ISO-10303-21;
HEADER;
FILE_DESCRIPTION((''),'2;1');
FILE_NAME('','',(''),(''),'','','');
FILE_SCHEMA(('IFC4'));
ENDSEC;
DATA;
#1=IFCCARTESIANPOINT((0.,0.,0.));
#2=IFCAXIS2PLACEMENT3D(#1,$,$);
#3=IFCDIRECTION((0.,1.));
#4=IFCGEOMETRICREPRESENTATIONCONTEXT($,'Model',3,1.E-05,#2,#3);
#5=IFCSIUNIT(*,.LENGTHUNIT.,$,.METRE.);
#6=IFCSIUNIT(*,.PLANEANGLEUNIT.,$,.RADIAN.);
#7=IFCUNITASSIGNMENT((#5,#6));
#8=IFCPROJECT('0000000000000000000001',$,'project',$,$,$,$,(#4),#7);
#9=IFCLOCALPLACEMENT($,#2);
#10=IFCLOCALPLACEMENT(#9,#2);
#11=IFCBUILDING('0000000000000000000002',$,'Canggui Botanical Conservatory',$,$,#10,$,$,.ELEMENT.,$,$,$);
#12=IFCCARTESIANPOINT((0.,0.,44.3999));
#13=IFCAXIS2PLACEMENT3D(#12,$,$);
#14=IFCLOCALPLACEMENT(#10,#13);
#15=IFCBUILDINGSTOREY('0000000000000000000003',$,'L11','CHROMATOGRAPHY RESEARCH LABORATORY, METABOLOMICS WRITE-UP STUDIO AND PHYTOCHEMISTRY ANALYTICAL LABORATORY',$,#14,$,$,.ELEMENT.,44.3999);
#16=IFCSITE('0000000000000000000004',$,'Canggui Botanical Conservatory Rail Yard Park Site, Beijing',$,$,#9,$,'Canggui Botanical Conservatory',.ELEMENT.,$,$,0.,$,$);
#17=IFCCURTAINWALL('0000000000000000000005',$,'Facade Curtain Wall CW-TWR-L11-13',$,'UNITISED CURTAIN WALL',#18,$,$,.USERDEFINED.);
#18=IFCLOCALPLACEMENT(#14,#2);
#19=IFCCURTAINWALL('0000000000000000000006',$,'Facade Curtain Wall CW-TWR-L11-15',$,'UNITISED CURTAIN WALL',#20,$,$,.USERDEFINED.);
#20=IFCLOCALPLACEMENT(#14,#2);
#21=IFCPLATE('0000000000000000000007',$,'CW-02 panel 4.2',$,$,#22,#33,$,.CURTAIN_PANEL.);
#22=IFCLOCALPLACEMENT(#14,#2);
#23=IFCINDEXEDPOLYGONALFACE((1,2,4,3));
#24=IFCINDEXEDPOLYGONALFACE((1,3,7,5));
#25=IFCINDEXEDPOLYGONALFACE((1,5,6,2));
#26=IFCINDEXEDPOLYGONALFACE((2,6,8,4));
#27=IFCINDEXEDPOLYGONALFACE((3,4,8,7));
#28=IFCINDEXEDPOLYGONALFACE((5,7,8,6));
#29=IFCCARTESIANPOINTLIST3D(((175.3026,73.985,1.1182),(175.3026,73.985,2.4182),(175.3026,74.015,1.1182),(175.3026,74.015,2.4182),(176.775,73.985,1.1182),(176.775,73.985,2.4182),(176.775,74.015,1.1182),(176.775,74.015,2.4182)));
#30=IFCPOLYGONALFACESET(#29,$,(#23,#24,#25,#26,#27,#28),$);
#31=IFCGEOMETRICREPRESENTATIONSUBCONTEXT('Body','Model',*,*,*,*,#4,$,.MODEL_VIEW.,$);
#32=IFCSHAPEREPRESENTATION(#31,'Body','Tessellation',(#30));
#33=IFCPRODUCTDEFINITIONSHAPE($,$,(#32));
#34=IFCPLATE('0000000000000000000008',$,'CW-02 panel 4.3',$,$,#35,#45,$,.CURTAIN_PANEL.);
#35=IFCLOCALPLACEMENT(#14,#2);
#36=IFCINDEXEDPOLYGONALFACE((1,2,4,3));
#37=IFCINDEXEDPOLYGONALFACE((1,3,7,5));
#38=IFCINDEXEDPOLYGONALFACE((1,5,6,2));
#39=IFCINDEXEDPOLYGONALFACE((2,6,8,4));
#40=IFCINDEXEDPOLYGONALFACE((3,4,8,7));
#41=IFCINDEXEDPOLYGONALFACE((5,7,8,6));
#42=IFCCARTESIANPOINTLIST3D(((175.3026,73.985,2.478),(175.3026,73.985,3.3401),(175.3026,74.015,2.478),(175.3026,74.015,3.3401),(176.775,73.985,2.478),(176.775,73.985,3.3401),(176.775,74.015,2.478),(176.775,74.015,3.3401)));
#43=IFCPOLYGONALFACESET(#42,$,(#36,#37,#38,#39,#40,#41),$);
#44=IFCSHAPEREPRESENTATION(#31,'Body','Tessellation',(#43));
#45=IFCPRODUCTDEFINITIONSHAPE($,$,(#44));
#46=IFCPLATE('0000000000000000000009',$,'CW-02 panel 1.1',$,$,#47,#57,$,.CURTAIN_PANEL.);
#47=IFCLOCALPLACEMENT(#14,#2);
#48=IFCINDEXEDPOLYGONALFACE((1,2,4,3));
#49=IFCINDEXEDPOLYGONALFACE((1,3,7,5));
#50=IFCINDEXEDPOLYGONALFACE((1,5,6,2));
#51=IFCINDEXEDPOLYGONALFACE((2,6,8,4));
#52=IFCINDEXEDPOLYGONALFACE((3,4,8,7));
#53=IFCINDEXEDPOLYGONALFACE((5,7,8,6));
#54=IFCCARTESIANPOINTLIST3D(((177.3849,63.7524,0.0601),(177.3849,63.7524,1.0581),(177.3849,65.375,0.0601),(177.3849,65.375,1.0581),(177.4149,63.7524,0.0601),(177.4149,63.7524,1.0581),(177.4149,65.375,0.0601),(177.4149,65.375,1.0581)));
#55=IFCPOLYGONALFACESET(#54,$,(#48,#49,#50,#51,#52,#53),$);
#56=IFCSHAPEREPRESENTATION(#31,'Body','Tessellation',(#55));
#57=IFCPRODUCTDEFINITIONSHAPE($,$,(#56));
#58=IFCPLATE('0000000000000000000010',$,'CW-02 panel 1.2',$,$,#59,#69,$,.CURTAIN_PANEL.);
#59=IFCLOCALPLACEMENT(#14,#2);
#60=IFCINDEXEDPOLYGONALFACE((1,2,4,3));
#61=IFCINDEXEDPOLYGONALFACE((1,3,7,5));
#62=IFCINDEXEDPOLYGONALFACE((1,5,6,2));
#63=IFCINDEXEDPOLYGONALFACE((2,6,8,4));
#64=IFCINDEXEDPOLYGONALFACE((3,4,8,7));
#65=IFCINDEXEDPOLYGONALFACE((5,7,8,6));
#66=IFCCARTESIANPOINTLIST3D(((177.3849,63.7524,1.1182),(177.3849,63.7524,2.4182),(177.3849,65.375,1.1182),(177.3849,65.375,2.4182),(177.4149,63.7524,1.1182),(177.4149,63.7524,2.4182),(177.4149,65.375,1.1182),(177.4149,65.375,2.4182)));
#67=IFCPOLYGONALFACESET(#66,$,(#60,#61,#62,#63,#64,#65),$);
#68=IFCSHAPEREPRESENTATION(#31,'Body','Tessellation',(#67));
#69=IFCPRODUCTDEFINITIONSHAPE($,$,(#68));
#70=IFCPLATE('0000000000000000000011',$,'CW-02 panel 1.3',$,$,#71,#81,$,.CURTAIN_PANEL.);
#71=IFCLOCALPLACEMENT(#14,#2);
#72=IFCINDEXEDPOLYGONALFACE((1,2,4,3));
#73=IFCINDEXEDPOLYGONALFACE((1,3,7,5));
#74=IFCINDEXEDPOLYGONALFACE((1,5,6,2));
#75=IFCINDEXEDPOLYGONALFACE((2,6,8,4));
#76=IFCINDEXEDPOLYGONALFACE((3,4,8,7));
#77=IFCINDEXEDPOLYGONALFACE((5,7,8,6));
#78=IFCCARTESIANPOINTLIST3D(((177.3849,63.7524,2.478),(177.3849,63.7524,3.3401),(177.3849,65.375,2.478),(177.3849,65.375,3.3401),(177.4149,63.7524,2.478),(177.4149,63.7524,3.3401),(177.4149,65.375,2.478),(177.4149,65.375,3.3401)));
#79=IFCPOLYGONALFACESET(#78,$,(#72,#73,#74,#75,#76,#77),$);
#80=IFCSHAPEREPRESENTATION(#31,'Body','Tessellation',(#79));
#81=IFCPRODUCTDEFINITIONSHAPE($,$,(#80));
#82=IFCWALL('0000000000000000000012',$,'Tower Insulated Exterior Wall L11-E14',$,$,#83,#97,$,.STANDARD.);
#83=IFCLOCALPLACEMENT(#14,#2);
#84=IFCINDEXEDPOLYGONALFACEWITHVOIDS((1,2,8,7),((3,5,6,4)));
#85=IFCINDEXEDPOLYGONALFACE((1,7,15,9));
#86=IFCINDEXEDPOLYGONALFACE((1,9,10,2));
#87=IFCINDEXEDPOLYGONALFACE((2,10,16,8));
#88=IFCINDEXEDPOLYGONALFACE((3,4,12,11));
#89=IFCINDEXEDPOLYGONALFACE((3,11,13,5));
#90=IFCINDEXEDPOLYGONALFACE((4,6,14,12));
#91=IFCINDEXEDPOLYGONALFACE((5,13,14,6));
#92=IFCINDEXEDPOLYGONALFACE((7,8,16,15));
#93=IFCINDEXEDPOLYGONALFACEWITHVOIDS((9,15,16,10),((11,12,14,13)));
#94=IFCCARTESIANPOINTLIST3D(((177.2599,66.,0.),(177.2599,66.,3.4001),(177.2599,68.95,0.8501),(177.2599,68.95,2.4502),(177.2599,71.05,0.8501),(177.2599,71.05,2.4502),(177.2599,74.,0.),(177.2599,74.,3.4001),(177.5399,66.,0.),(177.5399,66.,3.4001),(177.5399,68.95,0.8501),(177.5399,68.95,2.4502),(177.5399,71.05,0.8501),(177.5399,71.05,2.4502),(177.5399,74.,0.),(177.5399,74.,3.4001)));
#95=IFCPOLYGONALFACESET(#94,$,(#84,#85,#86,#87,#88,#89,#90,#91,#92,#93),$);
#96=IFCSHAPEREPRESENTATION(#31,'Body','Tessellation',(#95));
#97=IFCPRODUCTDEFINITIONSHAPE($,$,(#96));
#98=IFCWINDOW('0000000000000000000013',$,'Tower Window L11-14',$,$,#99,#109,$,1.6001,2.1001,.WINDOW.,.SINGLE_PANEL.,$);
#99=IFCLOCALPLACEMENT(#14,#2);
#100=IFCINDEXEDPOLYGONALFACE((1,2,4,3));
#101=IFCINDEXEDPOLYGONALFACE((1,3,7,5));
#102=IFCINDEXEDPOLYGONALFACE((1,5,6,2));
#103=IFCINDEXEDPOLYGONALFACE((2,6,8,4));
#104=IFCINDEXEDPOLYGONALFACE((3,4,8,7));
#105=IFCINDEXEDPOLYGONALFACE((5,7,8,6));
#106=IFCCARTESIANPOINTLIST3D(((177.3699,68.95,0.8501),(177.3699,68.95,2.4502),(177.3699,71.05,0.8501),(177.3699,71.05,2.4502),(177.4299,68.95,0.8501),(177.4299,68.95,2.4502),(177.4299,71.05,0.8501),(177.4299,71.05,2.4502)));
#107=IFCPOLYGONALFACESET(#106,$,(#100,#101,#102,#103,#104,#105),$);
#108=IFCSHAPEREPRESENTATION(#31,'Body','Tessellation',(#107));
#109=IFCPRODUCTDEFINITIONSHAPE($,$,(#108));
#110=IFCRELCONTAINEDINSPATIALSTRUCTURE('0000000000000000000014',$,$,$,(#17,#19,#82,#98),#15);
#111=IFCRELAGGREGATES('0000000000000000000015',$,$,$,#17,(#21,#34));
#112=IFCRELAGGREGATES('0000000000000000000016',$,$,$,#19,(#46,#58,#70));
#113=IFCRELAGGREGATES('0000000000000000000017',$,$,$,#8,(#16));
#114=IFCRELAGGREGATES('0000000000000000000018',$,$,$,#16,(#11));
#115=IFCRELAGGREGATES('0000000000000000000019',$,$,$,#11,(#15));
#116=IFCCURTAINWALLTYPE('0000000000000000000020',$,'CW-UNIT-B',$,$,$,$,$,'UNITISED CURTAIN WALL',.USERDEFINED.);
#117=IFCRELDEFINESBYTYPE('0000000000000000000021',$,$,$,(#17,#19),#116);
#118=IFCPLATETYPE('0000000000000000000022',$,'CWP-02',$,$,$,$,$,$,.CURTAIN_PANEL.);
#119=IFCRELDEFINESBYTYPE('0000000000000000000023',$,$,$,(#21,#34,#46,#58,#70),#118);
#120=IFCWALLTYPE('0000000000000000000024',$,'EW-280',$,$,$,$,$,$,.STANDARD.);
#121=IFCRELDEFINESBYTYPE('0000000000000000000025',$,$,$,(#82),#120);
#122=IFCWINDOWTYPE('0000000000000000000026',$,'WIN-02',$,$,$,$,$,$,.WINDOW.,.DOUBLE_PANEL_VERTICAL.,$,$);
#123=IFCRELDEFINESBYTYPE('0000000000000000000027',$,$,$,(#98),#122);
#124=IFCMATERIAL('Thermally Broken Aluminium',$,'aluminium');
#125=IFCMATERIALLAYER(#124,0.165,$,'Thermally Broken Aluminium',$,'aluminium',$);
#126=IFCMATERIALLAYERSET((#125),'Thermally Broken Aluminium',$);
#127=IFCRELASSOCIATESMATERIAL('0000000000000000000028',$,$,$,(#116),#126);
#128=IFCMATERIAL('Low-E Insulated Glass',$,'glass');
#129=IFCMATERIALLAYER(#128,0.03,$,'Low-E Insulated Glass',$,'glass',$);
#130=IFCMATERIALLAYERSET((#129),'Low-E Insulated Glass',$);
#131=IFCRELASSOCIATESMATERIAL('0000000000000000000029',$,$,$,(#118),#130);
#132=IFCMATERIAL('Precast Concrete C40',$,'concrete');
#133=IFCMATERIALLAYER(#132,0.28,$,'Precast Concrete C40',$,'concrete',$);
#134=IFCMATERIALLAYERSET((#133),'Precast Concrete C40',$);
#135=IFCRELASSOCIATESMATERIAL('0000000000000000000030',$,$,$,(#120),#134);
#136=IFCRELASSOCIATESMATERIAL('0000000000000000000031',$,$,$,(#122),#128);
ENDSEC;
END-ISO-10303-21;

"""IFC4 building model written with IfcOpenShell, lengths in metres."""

from ifc_helpers import new_model, si_unit, direction, frame, frame_2d, origin, origin_2d, place, context, subcontext, project, spatial, rectangle, extrude, material, layer, layer_set, type_object, element, fill, aggregate, save


model = new_model("IFC4")

# Units and contexts
model_context = context("Model", 3, precision=1e-05, world=origin(), true_north=direction((0.0, 1.0)))
body_context = subcontext(model_context, "Body", "Model", "MODEL_VIEW")
ifc_project = project(units=[si_unit("LENGTHUNIT", "METRE"), si_unit("PLANEANGLEUNIT", "RADIAN")], contexts=[model_context])

# Site, building, storey
site_placement = place(None, origin())
site = spatial("IfcSite", under=ifc_project, at=site_placement, Name="Canggui Botanical Conservatory Rail Yard Park Site, Beijing", LongName="Canggui Botanical Conservatory", CompositionType="ELEMENT", RefElevation=0.0)
building_placement = place(site_placement, origin())
building = spatial("IfcBuilding", under=site, at=building_placement, Name="Canggui Botanical Conservatory", CompositionType="ELEMENT")
storey_placement = place(building_placement, frame((0.0, 0.0, 44.3999)))
storey = spatial("IfcBuildingStorey", under=building, at=storey_placement, Name="L11", Description="CHROMATOGRAPHY RESEARCH LABORATORY, METABOLOMICS WRITE-UP STUDIO AND PHYTOCHEMISTRY ANALYTICAL LABORATORY", CompositionType="ELEMENT", Elevation=44.3999)

# Curtain walls
ifc_material_1 = material(Name="Thermally Broken Aluminium", Category="aluminium")
ifc_layer_1 = layer(ifc_material_1, 0.165, Name="Thermally Broken Aluminium", Category="aluminium")
ifc_layer_set_1 = layer_set([ifc_layer_1], Name="Thermally Broken Aluminium")
curtain_wall_type = type_object("IfcCurtainWallType", Name="CW-UNIT-B", ElementType="UNITISED CURTAIN WALL", PredefinedType="USERDEFINED", material=ifc_layer_set_1)
curtain_wall_1_placement = place(storey_placement, origin())
curtain_wall_1 = element("IfcCurtainWall", 1, at=curtain_wall_1_placement, inside=storey, type_object=curtain_wall_type, Name="Facade Curtain Wall CW-TWR-L11-13", ObjectType="UNITISED CURTAIN WALL", PredefinedType="USERDEFINED")
curtain_wall_2_placement = place(storey_placement, origin())
curtain_wall_2 = element("IfcCurtainWall", 2, at=curtain_wall_2_placement, inside=storey, type_object=curtain_wall_type, Name="Facade Curtain Wall CW-TWR-L11-15", ObjectType="UNITISED CURTAIN WALL", PredefinedType="USERDEFINED")

# Plates
ifc_material_2 = material(Name="Low-E Insulated Glass", Category="glass")
ifc_layer_2 = layer(ifc_material_2, 0.03, Name="Low-E Insulated Glass", Category="glass")
ifc_layer_set_2 = layer_set([ifc_layer_2], Name="Low-E Insulated Glass")
plate_type = type_object("IfcPlateType", Name="CWP-02", PredefinedType="CURTAIN_PANEL", material=ifc_layer_set_2)
plate_1_placement = place(storey_placement, frame((176.0388, 74.0, 1.1182), z_axis=(0.0, 0.0, 1.0), x_axis=(1.0, 0.0, 0.0)))
plate_1 = element("IfcPlate", 3, at=plate_1_placement, type_object=plate_type, Name="CW-02 panel 4.2", PredefinedType="CURTAIN_PANEL", context=body_context, shape_type="SweptSolid", body=[
    extrude(rectangle(XDim=1.4724, YDim=0.03, at=origin_2d()), origin(), (0.0, 0.0, 1.0), 1.3),
])
plate_2_placement = place(storey_placement, frame((176.0388, 74.0, 2.478), z_axis=(0.0, 0.0, 1.0), x_axis=(1.0, 0.0, 0.0)))
plate_2 = element("IfcPlate", 4, at=plate_2_placement, type_object=plate_type, Name="CW-02 panel 4.3", PredefinedType="CURTAIN_PANEL", context=body_context, shape_type="SweptSolid", body=[
    extrude(rectangle(XDim=1.4724, YDim=0.03, at=origin_2d()), origin(), (0.0, 0.0, 1.0), 0.8621),
])
aggregate(curtain_wall_1, [plate_1, plate_2])
plate_3_placement = place(storey_placement, frame((177.3999, 64.5637, 0.0601), z_axis=(0.0, 0.0, 1.0), x_axis=(0.0, -1.0, 0.0)))
plate_3 = element("IfcPlate", 5, at=plate_3_placement, type_object=plate_type, Name="CW-02 panel 1.1", PredefinedType="CURTAIN_PANEL", context=body_context, shape_type="SweptSolid", body=[
    extrude(rectangle(XDim=1.6226, YDim=0.03, at=origin_2d()), origin(), (0.0, 0.0, 1.0), 0.998),
])
plate_4_placement = place(storey_placement, frame((177.3999, 64.5637, 1.1182), z_axis=(0.0, 0.0, 1.0), x_axis=(0.0, -1.0, 0.0)))
plate_4 = element("IfcPlate", 6, at=plate_4_placement, type_object=plate_type, Name="CW-02 panel 1.2", PredefinedType="CURTAIN_PANEL", context=body_context, shape_type="SweptSolid", body=[
    extrude(rectangle(XDim=1.6226, YDim=0.03, at=origin_2d()), origin(), (0.0, 0.0, 1.0), 1.3),
])
plate_5_placement = place(storey_placement, frame((177.3999, 64.5637, 2.478), z_axis=(0.0, 0.0, 1.0), x_axis=(0.0, -1.0, 0.0)))
plate_5 = element("IfcPlate", 7, at=plate_5_placement, type_object=plate_type, Name="CW-02 panel 1.3", PredefinedType="CURTAIN_PANEL", context=body_context, shape_type="SweptSolid", body=[
    extrude(rectangle(XDim=1.6226, YDim=0.03, at=origin_2d()), origin(), (0.0, 0.0, 1.0), 0.8621),
])
aggregate(curtain_wall_2, [plate_3, plate_4, plate_5])

# Wall, opening, window
ifc_material_3 = material(Name="Precast Concrete C40", Category="concrete")
ifc_layer_3 = layer(ifc_material_3, 0.28, Name="Precast Concrete C40", Category="concrete")
ifc_layer_set_3 = layer_set([ifc_layer_3], Name="Precast Concrete C40")
wall_type = type_object("IfcWallType", Name="EW-280", PredefinedType="STANDARD", material=ifc_layer_set_3)
wall_placement = place(storey_placement, frame((177.3999, 74.0, 0.0), z_axis=(0.0, 0.0, 1.0), x_axis=(0.0, -1.0, 0.0)))
wall = element("IfcWall", 8, at=wall_placement, inside=storey, type_object=wall_type, Name="Tower Insulated Exterior Wall L11-E14", PredefinedType="STANDARD", context=body_context, shape_type="SweptSolid", body=[
    extrude(rectangle(XDim=8.0, YDim=0.28, at=frame_2d((4.0, 0.0))), origin(), (0.0, 0.0, 1.0), 3.4001),
])
opening_placement = place(wall_placement, frame((2.95, 0.0, 0.8501)))
opening = element("IfcOpeningElement", 9, at=opening_placement, cuts=wall, PredefinedType="OPENING", context=body_context, shape_type="SweptSolid", body=[
    extrude(rectangle(XDim=2.1001, YDim=1.6001, at=frame_2d((1.05, 0.8))), frame((0.0, 0.1499, 0.0), z_axis=(0.0, -1.0, 0.0), x_axis=(1.0, 0.0, 0.0)), (0.0, 0.0, 1.0), 0.3),
])
window_type = type_object("IfcWindowType", Name="WIN-02", PartitioningType="DOUBLE_PANEL_VERTICAL", PredefinedType="WINDOW", material=ifc_material_2)
window_placement = place(opening_placement, origin())
window = element("IfcWindow", 10, at=window_placement, inside=storey, type_object=window_type, Name="Tower Window L11-14", OverallHeight=1.6001, OverallWidth=2.1001, PartitioningType="SINGLE_PANEL", PredefinedType="WINDOW", context=body_context, shape_type="SweptSolid", body=[
    extrude(rectangle(XDim=2.1001, YDim=1.6001, at=frame_2d((1.05, 0.8))), frame((0.0, 0.03, 0.0), z_axis=(0.0, -1.0, 0.0), x_axis=(1.0, 0.0, 0.0)), (0.0, 0.0, 1.0), 0.0601),
])
fill(opening, window)

save(model, "model.ifc")
